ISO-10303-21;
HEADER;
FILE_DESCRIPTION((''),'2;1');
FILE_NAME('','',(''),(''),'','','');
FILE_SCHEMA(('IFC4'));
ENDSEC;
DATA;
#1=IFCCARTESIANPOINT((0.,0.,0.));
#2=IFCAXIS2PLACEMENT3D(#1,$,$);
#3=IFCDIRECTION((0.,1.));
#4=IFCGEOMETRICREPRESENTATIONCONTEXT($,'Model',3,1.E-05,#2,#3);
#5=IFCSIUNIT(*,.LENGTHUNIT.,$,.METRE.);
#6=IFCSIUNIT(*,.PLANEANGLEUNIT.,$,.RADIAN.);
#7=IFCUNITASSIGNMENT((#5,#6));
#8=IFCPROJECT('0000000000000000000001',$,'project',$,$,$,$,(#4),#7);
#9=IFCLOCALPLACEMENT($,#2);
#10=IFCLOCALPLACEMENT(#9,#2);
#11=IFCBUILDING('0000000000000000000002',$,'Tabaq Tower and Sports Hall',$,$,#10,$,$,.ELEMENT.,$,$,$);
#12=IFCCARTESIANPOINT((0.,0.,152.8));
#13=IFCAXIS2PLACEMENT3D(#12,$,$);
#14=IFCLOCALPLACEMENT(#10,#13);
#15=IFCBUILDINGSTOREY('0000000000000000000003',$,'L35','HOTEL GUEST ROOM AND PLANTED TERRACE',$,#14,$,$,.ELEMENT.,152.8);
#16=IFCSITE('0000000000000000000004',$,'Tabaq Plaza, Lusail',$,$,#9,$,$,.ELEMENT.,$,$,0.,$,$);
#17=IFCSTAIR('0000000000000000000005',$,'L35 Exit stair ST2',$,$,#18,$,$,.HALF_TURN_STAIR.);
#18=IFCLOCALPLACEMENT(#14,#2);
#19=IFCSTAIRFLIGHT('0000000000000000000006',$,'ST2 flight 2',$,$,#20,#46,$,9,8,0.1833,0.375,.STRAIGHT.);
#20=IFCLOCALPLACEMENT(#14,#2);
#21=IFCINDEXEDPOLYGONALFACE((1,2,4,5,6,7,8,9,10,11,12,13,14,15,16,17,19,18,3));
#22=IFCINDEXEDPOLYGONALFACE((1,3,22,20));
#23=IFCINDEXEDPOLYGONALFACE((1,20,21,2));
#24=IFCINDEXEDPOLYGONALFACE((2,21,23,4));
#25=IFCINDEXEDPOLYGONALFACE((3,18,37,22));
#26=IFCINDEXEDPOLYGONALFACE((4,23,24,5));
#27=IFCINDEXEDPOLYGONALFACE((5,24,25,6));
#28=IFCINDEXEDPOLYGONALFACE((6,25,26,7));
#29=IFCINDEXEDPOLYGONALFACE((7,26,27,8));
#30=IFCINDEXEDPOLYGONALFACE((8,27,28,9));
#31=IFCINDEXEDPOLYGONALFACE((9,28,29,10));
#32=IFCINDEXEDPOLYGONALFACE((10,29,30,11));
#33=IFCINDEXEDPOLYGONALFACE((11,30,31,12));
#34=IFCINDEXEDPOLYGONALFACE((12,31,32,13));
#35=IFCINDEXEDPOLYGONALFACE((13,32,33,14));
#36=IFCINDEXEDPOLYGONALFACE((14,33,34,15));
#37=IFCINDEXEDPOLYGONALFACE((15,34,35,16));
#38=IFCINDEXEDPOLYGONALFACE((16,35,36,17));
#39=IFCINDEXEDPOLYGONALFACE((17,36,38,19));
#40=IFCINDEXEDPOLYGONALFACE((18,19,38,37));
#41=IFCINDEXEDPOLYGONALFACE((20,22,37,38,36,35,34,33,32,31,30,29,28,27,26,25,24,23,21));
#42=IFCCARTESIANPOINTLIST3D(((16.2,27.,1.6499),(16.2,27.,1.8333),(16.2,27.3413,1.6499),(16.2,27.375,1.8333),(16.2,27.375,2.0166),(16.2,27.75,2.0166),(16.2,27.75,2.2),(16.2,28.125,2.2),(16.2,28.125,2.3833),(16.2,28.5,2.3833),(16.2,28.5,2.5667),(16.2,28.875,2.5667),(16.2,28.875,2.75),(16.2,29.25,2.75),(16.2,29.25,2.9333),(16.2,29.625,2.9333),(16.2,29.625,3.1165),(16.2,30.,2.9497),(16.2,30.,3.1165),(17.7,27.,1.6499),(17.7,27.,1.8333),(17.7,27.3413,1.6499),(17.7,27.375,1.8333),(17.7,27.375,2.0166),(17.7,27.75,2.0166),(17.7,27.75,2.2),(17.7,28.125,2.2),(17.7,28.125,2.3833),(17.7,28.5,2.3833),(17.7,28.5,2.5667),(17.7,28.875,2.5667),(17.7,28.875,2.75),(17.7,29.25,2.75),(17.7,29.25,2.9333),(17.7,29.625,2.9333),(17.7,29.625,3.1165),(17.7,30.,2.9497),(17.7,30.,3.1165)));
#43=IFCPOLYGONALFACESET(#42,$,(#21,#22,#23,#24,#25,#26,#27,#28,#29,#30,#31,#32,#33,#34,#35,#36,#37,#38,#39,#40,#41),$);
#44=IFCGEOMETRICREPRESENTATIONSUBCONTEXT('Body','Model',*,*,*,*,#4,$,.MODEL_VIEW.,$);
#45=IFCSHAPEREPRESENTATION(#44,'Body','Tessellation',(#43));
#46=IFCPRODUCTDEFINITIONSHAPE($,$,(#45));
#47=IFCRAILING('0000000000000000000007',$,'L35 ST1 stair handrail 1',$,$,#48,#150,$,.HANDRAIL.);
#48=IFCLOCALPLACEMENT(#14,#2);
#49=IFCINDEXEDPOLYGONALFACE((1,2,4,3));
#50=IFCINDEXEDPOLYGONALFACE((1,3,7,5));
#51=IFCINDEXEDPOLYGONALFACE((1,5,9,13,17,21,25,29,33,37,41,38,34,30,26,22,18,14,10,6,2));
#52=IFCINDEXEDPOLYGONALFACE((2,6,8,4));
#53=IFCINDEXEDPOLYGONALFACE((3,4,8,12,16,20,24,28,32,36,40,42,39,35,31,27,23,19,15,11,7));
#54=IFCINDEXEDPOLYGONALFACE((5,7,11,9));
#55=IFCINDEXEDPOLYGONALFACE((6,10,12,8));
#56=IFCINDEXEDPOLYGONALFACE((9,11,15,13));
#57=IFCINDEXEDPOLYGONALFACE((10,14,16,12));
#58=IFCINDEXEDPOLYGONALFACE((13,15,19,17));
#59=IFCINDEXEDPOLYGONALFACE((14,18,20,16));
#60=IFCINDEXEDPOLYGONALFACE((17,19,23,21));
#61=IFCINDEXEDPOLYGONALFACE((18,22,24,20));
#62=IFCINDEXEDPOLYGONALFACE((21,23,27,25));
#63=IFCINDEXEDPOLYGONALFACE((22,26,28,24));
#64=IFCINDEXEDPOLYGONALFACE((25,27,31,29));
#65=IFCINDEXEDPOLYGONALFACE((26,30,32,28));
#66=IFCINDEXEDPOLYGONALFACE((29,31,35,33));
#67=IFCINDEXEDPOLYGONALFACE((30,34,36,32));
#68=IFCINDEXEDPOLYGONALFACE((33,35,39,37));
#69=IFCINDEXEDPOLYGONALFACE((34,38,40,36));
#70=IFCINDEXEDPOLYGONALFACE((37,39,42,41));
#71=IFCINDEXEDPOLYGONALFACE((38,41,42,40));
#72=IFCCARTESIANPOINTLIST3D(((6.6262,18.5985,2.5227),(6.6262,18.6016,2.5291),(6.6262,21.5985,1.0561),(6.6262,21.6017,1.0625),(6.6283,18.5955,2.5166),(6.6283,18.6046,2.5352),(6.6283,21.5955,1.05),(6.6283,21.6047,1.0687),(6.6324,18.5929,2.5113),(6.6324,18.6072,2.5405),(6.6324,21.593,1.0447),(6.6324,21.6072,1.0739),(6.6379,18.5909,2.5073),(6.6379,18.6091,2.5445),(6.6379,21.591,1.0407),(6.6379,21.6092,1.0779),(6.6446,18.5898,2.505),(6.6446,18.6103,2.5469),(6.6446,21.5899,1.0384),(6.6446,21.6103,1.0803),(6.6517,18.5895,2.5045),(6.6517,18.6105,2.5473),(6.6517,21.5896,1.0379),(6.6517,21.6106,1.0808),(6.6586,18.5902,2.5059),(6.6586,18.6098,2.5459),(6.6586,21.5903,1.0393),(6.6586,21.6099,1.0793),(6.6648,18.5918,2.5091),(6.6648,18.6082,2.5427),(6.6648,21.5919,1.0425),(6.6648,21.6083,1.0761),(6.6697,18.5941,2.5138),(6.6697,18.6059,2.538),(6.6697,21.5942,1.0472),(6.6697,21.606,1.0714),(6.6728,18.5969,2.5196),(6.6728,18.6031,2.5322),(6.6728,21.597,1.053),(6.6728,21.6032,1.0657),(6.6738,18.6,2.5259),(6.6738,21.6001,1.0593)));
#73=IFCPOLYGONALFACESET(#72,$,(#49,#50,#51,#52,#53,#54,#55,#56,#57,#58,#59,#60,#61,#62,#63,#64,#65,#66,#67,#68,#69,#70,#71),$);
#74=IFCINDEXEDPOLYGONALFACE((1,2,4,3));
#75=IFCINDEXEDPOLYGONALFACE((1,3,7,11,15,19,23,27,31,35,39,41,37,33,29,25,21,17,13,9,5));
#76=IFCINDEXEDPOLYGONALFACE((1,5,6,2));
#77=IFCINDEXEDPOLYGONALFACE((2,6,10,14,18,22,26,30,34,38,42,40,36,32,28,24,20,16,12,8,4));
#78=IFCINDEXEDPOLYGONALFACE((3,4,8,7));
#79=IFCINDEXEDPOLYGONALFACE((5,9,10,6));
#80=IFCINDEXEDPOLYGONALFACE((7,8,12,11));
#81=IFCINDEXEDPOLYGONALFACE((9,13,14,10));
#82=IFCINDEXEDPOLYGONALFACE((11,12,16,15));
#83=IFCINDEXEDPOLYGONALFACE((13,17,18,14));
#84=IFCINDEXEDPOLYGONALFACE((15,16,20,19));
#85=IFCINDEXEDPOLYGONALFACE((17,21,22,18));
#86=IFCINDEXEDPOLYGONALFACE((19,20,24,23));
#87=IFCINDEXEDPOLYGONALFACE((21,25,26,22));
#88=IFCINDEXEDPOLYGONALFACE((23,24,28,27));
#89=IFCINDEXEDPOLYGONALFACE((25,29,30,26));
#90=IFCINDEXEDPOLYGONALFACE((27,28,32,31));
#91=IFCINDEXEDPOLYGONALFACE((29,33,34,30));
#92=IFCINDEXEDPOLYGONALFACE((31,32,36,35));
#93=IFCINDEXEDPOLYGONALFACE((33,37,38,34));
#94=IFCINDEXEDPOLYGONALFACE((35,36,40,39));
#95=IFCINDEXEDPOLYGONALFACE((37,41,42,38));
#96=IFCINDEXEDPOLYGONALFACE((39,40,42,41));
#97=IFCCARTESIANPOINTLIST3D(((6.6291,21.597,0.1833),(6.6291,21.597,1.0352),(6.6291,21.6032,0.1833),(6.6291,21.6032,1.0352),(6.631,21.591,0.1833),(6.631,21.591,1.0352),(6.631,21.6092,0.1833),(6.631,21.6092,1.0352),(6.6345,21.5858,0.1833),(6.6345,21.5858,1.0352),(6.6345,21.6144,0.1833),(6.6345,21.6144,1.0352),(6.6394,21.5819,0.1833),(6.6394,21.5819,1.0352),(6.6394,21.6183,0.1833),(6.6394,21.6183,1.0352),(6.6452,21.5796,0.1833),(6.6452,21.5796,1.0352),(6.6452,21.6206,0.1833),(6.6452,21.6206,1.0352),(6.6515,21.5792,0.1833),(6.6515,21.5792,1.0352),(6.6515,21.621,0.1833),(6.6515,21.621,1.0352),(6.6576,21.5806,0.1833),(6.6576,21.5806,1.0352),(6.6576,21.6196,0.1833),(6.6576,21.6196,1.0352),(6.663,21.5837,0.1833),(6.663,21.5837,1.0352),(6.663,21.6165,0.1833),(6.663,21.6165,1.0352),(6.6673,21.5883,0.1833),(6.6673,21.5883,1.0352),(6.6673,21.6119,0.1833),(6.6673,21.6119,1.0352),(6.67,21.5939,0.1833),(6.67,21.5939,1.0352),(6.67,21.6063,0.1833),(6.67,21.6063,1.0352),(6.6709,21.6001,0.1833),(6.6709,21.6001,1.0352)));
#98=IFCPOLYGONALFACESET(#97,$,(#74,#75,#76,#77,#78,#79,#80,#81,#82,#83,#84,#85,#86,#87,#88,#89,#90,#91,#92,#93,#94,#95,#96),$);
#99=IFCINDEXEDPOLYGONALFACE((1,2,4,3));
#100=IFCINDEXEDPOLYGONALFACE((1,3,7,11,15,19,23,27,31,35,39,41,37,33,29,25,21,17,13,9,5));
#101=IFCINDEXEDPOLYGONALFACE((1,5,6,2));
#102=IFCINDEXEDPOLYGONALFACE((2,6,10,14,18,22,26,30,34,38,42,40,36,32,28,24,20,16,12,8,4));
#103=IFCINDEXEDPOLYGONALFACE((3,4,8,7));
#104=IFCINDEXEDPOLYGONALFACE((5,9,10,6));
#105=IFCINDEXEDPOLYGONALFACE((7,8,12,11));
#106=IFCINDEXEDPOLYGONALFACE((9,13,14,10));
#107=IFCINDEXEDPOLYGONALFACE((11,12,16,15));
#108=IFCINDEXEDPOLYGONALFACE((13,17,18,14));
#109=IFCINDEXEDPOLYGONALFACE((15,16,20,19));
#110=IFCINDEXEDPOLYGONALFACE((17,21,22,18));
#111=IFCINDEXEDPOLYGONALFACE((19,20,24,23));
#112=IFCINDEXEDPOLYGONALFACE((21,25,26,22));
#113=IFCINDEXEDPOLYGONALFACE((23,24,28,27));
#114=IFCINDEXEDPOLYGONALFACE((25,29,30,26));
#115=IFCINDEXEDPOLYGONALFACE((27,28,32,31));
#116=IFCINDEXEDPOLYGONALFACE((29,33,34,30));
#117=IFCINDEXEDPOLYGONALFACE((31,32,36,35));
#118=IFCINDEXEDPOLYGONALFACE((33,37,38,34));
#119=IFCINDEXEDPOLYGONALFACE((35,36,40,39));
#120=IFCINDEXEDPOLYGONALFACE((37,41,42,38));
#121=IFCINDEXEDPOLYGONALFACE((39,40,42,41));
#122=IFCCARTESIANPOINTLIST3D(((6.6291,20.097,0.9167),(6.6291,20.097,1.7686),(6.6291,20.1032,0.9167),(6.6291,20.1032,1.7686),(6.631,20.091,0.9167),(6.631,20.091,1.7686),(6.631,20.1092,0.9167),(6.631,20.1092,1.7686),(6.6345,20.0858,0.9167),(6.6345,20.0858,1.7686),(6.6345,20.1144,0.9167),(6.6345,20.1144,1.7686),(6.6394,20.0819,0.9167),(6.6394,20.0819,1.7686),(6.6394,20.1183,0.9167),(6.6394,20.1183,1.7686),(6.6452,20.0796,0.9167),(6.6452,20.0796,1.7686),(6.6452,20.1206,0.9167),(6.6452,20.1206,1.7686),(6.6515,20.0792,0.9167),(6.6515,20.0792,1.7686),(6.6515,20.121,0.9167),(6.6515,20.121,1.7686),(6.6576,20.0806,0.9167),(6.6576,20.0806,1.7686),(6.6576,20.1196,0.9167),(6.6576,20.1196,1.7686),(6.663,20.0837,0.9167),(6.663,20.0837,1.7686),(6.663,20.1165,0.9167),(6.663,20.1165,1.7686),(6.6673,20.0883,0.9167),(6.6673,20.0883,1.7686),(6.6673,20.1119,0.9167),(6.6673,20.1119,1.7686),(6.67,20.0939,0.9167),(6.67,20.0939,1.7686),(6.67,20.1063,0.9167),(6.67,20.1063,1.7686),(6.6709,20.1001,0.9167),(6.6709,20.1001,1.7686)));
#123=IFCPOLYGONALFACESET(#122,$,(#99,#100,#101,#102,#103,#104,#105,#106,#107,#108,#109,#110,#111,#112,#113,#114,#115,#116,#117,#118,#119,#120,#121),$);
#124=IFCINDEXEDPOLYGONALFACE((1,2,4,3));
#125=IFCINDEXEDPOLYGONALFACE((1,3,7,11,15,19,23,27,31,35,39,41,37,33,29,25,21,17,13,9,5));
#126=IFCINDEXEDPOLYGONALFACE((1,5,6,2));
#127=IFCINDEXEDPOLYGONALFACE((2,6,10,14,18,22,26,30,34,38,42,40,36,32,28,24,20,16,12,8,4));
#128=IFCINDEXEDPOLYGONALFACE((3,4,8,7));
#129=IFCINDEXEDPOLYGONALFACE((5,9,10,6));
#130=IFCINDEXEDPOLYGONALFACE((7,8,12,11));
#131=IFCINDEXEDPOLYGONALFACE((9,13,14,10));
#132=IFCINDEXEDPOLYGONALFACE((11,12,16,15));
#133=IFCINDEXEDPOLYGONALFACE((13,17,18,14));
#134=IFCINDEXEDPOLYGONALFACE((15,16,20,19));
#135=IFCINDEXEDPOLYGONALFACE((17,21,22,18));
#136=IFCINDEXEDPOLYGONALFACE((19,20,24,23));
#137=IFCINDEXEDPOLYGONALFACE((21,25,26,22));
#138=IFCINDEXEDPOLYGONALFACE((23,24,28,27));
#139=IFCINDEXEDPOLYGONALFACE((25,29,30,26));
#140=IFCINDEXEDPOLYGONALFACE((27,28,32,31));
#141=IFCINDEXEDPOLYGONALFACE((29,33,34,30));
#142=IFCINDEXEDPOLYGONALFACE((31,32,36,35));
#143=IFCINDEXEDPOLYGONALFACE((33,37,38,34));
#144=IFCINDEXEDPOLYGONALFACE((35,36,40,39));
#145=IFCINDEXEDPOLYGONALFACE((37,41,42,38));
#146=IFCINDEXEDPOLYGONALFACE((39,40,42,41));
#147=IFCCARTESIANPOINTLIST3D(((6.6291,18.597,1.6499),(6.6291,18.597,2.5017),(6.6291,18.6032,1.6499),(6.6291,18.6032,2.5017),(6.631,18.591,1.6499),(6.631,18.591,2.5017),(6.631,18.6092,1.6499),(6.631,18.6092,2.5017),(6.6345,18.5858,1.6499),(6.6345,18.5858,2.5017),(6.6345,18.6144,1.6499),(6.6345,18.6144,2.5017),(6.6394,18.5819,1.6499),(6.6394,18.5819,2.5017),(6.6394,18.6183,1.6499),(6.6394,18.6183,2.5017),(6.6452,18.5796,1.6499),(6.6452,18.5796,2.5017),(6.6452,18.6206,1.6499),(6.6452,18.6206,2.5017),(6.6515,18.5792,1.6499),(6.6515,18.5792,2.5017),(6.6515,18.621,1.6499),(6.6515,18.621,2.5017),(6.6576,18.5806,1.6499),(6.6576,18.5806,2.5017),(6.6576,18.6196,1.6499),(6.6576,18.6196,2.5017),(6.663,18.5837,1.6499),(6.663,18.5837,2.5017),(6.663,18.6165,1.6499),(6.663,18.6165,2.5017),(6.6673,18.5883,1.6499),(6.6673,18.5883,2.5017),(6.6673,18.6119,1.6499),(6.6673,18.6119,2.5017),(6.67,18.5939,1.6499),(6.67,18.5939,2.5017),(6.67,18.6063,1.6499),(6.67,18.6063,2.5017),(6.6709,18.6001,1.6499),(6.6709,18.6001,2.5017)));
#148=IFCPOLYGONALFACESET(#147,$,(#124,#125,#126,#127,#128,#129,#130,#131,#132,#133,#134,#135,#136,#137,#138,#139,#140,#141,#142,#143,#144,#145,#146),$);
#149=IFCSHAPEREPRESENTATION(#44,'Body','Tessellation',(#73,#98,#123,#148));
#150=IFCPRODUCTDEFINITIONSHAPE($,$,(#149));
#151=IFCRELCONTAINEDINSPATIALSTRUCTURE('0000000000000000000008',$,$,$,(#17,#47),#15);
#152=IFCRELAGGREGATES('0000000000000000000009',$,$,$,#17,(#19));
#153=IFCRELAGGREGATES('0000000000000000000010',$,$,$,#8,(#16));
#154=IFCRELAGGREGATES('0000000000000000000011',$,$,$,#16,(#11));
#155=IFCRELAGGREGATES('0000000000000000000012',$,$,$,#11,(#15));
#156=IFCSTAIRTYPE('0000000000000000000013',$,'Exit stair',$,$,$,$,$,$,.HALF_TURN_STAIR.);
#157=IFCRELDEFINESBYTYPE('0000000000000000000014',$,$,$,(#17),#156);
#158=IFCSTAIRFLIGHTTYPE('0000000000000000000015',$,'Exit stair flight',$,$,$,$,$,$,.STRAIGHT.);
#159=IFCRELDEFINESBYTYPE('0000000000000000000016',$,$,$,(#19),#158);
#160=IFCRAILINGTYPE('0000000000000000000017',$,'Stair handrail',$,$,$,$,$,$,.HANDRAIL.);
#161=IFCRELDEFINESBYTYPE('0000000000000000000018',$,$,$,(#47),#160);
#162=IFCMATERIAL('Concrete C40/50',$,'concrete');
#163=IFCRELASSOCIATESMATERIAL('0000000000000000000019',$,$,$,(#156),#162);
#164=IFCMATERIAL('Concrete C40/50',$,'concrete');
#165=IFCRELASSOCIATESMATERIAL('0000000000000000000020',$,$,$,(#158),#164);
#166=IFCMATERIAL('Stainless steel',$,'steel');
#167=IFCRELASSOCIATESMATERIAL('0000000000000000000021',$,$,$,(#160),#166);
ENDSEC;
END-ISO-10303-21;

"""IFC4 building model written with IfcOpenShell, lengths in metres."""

from ifc_helpers import new_model, si_unit, direction, frame, origin, origin_2d, place, context, subcontext, project, spatial, polyline, circle, outline, extrude, material, type_object, element, aggregate, save


model = new_model("IFC4")

# Units and contexts
model_context = context("Model", 3, precision=1e-05, world=origin(), true_north=direction((0.0, 1.0)))
body_context = subcontext(model_context, "Body", "Model", "MODEL_VIEW")
ifc_project = project(units=[si_unit("LENGTHUNIT", "METRE"), si_unit("PLANEANGLEUNIT", "RADIAN")], contexts=[model_context])

# Site, building, storey
site_placement = place(None, origin())
site = spatial("IfcSite", under=ifc_project, at=site_placement, Name="Tabaq Plaza, Lusail", CompositionType="ELEMENT", RefElevation=0.0)
building_placement = place(site_placement, origin())
building = spatial("IfcBuilding", under=site, at=building_placement, Name="Tabaq Tower and Sports Hall", CompositionType="ELEMENT")
storey_placement = place(building_placement, frame((0.0, 0.0, 152.8)))
storey = spatial("IfcBuildingStorey", under=building, at=storey_placement, Name="L35", Description="HOTEL GUEST ROOM AND PLANTED TERRACE", CompositionType="ELEMENT", Elevation=152.8)

# Shared definitions
ifc_material_1 = material(Name="Concrete C40/50", Category="concrete")
stair_type = type_object("IfcStairType", Name="Exit stair", PredefinedType="HALF_TURN_STAIR", material=ifc_material_1)
ifc_material_2 = material(Name="Concrete C40/50", Category="concrete")
stair_flight_type = type_object("IfcStairFlightType", Name="Exit stair flight", PredefinedType="STRAIGHT", material=ifc_material_2)

# Stair, stair flight
stair_1_placement = place(storey_placement, origin())
stair_1 = element("IfcStair", 1, at=stair_1_placement, inside=storey, type_object=stair_type, Name="L35 Exit stair ST2", PredefinedType="HALF_TURN_STAIR")
stair_flight_1_placement = place(storey_placement, frame((16.95, 27.0, 1.6499), z_axis=(0.0, 0.0, 1.0), x_axis=(0.0, 1.0, 0.0)))
stair_flight_1 = element("IfcStairFlight", 2, at=stair_flight_1_placement, type_object=stair_flight_type, Name="ST2 flight 2", NumberOfRisers=9, NumberOfTreads=8, PredefinedType="STRAIGHT", RiserHeight=0.1833, TreadLength=0.375, context=body_context, shape_type="SweptSolid", body=[
    extrude(outline(polyline([(0.0, 0.0), (0.0, 0.1833), (0.375, 0.1833), (0.375, 0.3667), (0.75, 0.3667), (0.75, 0.55), (1.125, 0.55), (1.125, 0.7334), (1.5, 0.7334), (1.5, 0.9167), (1.875, 0.9167), (1.875, 1.1001), (2.25, 1.1001), (2.25, 1.2834), (2.625, 1.2834), (2.625, 1.4666), (3.0, 1.4666), (3.0, 1.6499), (3.0, 1.2998), (0.3413, 0.0), (0.0, 0.0)])), frame((0.0, 0.75, 0.0), z_axis=(0.0, -1.0, 0.0), x_axis=(1.0, 0.0, 0.0)), (0.0, 0.0, 1.0), 1.5),
])
aggregate(stair_1, [stair_flight_1])

# Railing
ifc_material_3 = material(Name="Stainless steel", Category="steel")
railing_type_1 = type_object("IfcRailingType", Name="Stair handrail", PredefinedType="HANDRAIL", material=ifc_material_3)
railing_1_placement = place(storey_placement, frame((6.6499, 21.6001, 0.1833)))
element("IfcRailing", 3, at=railing_1_placement, inside=storey, type_object=railing_type_1, Name="L35 ST1 stair handrail 1", PredefinedType="HANDRAIL", context=body_context, shape_type="SweptSolid", body=[
    extrude(circle(Radius=0.0239, at=origin_2d()), frame((0.0, 0.0, 0.876), z_axis=(0.0, -0.898398, 0.439183), x_axis=(1.0, 0.0, 0.0)), (0.0, 0.0, 1.0), 3.3394),
    extrude(circle(Radius=0.021, at=origin_2d()), origin(), (0.0, 0.0, 1.0), 0.8518),
    extrude(circle(Radius=0.021, at=origin_2d()), frame((0.0, -1.5, 0.7334)), (0.0, 0.0, 1.0), 0.8518),
    extrude(circle(Radius=0.021, at=origin_2d()), frame((0.0, -3.0, 1.4666)), (0.0, 0.0, 1.0), 0.8518),
])

save(model, "model.ifc")
